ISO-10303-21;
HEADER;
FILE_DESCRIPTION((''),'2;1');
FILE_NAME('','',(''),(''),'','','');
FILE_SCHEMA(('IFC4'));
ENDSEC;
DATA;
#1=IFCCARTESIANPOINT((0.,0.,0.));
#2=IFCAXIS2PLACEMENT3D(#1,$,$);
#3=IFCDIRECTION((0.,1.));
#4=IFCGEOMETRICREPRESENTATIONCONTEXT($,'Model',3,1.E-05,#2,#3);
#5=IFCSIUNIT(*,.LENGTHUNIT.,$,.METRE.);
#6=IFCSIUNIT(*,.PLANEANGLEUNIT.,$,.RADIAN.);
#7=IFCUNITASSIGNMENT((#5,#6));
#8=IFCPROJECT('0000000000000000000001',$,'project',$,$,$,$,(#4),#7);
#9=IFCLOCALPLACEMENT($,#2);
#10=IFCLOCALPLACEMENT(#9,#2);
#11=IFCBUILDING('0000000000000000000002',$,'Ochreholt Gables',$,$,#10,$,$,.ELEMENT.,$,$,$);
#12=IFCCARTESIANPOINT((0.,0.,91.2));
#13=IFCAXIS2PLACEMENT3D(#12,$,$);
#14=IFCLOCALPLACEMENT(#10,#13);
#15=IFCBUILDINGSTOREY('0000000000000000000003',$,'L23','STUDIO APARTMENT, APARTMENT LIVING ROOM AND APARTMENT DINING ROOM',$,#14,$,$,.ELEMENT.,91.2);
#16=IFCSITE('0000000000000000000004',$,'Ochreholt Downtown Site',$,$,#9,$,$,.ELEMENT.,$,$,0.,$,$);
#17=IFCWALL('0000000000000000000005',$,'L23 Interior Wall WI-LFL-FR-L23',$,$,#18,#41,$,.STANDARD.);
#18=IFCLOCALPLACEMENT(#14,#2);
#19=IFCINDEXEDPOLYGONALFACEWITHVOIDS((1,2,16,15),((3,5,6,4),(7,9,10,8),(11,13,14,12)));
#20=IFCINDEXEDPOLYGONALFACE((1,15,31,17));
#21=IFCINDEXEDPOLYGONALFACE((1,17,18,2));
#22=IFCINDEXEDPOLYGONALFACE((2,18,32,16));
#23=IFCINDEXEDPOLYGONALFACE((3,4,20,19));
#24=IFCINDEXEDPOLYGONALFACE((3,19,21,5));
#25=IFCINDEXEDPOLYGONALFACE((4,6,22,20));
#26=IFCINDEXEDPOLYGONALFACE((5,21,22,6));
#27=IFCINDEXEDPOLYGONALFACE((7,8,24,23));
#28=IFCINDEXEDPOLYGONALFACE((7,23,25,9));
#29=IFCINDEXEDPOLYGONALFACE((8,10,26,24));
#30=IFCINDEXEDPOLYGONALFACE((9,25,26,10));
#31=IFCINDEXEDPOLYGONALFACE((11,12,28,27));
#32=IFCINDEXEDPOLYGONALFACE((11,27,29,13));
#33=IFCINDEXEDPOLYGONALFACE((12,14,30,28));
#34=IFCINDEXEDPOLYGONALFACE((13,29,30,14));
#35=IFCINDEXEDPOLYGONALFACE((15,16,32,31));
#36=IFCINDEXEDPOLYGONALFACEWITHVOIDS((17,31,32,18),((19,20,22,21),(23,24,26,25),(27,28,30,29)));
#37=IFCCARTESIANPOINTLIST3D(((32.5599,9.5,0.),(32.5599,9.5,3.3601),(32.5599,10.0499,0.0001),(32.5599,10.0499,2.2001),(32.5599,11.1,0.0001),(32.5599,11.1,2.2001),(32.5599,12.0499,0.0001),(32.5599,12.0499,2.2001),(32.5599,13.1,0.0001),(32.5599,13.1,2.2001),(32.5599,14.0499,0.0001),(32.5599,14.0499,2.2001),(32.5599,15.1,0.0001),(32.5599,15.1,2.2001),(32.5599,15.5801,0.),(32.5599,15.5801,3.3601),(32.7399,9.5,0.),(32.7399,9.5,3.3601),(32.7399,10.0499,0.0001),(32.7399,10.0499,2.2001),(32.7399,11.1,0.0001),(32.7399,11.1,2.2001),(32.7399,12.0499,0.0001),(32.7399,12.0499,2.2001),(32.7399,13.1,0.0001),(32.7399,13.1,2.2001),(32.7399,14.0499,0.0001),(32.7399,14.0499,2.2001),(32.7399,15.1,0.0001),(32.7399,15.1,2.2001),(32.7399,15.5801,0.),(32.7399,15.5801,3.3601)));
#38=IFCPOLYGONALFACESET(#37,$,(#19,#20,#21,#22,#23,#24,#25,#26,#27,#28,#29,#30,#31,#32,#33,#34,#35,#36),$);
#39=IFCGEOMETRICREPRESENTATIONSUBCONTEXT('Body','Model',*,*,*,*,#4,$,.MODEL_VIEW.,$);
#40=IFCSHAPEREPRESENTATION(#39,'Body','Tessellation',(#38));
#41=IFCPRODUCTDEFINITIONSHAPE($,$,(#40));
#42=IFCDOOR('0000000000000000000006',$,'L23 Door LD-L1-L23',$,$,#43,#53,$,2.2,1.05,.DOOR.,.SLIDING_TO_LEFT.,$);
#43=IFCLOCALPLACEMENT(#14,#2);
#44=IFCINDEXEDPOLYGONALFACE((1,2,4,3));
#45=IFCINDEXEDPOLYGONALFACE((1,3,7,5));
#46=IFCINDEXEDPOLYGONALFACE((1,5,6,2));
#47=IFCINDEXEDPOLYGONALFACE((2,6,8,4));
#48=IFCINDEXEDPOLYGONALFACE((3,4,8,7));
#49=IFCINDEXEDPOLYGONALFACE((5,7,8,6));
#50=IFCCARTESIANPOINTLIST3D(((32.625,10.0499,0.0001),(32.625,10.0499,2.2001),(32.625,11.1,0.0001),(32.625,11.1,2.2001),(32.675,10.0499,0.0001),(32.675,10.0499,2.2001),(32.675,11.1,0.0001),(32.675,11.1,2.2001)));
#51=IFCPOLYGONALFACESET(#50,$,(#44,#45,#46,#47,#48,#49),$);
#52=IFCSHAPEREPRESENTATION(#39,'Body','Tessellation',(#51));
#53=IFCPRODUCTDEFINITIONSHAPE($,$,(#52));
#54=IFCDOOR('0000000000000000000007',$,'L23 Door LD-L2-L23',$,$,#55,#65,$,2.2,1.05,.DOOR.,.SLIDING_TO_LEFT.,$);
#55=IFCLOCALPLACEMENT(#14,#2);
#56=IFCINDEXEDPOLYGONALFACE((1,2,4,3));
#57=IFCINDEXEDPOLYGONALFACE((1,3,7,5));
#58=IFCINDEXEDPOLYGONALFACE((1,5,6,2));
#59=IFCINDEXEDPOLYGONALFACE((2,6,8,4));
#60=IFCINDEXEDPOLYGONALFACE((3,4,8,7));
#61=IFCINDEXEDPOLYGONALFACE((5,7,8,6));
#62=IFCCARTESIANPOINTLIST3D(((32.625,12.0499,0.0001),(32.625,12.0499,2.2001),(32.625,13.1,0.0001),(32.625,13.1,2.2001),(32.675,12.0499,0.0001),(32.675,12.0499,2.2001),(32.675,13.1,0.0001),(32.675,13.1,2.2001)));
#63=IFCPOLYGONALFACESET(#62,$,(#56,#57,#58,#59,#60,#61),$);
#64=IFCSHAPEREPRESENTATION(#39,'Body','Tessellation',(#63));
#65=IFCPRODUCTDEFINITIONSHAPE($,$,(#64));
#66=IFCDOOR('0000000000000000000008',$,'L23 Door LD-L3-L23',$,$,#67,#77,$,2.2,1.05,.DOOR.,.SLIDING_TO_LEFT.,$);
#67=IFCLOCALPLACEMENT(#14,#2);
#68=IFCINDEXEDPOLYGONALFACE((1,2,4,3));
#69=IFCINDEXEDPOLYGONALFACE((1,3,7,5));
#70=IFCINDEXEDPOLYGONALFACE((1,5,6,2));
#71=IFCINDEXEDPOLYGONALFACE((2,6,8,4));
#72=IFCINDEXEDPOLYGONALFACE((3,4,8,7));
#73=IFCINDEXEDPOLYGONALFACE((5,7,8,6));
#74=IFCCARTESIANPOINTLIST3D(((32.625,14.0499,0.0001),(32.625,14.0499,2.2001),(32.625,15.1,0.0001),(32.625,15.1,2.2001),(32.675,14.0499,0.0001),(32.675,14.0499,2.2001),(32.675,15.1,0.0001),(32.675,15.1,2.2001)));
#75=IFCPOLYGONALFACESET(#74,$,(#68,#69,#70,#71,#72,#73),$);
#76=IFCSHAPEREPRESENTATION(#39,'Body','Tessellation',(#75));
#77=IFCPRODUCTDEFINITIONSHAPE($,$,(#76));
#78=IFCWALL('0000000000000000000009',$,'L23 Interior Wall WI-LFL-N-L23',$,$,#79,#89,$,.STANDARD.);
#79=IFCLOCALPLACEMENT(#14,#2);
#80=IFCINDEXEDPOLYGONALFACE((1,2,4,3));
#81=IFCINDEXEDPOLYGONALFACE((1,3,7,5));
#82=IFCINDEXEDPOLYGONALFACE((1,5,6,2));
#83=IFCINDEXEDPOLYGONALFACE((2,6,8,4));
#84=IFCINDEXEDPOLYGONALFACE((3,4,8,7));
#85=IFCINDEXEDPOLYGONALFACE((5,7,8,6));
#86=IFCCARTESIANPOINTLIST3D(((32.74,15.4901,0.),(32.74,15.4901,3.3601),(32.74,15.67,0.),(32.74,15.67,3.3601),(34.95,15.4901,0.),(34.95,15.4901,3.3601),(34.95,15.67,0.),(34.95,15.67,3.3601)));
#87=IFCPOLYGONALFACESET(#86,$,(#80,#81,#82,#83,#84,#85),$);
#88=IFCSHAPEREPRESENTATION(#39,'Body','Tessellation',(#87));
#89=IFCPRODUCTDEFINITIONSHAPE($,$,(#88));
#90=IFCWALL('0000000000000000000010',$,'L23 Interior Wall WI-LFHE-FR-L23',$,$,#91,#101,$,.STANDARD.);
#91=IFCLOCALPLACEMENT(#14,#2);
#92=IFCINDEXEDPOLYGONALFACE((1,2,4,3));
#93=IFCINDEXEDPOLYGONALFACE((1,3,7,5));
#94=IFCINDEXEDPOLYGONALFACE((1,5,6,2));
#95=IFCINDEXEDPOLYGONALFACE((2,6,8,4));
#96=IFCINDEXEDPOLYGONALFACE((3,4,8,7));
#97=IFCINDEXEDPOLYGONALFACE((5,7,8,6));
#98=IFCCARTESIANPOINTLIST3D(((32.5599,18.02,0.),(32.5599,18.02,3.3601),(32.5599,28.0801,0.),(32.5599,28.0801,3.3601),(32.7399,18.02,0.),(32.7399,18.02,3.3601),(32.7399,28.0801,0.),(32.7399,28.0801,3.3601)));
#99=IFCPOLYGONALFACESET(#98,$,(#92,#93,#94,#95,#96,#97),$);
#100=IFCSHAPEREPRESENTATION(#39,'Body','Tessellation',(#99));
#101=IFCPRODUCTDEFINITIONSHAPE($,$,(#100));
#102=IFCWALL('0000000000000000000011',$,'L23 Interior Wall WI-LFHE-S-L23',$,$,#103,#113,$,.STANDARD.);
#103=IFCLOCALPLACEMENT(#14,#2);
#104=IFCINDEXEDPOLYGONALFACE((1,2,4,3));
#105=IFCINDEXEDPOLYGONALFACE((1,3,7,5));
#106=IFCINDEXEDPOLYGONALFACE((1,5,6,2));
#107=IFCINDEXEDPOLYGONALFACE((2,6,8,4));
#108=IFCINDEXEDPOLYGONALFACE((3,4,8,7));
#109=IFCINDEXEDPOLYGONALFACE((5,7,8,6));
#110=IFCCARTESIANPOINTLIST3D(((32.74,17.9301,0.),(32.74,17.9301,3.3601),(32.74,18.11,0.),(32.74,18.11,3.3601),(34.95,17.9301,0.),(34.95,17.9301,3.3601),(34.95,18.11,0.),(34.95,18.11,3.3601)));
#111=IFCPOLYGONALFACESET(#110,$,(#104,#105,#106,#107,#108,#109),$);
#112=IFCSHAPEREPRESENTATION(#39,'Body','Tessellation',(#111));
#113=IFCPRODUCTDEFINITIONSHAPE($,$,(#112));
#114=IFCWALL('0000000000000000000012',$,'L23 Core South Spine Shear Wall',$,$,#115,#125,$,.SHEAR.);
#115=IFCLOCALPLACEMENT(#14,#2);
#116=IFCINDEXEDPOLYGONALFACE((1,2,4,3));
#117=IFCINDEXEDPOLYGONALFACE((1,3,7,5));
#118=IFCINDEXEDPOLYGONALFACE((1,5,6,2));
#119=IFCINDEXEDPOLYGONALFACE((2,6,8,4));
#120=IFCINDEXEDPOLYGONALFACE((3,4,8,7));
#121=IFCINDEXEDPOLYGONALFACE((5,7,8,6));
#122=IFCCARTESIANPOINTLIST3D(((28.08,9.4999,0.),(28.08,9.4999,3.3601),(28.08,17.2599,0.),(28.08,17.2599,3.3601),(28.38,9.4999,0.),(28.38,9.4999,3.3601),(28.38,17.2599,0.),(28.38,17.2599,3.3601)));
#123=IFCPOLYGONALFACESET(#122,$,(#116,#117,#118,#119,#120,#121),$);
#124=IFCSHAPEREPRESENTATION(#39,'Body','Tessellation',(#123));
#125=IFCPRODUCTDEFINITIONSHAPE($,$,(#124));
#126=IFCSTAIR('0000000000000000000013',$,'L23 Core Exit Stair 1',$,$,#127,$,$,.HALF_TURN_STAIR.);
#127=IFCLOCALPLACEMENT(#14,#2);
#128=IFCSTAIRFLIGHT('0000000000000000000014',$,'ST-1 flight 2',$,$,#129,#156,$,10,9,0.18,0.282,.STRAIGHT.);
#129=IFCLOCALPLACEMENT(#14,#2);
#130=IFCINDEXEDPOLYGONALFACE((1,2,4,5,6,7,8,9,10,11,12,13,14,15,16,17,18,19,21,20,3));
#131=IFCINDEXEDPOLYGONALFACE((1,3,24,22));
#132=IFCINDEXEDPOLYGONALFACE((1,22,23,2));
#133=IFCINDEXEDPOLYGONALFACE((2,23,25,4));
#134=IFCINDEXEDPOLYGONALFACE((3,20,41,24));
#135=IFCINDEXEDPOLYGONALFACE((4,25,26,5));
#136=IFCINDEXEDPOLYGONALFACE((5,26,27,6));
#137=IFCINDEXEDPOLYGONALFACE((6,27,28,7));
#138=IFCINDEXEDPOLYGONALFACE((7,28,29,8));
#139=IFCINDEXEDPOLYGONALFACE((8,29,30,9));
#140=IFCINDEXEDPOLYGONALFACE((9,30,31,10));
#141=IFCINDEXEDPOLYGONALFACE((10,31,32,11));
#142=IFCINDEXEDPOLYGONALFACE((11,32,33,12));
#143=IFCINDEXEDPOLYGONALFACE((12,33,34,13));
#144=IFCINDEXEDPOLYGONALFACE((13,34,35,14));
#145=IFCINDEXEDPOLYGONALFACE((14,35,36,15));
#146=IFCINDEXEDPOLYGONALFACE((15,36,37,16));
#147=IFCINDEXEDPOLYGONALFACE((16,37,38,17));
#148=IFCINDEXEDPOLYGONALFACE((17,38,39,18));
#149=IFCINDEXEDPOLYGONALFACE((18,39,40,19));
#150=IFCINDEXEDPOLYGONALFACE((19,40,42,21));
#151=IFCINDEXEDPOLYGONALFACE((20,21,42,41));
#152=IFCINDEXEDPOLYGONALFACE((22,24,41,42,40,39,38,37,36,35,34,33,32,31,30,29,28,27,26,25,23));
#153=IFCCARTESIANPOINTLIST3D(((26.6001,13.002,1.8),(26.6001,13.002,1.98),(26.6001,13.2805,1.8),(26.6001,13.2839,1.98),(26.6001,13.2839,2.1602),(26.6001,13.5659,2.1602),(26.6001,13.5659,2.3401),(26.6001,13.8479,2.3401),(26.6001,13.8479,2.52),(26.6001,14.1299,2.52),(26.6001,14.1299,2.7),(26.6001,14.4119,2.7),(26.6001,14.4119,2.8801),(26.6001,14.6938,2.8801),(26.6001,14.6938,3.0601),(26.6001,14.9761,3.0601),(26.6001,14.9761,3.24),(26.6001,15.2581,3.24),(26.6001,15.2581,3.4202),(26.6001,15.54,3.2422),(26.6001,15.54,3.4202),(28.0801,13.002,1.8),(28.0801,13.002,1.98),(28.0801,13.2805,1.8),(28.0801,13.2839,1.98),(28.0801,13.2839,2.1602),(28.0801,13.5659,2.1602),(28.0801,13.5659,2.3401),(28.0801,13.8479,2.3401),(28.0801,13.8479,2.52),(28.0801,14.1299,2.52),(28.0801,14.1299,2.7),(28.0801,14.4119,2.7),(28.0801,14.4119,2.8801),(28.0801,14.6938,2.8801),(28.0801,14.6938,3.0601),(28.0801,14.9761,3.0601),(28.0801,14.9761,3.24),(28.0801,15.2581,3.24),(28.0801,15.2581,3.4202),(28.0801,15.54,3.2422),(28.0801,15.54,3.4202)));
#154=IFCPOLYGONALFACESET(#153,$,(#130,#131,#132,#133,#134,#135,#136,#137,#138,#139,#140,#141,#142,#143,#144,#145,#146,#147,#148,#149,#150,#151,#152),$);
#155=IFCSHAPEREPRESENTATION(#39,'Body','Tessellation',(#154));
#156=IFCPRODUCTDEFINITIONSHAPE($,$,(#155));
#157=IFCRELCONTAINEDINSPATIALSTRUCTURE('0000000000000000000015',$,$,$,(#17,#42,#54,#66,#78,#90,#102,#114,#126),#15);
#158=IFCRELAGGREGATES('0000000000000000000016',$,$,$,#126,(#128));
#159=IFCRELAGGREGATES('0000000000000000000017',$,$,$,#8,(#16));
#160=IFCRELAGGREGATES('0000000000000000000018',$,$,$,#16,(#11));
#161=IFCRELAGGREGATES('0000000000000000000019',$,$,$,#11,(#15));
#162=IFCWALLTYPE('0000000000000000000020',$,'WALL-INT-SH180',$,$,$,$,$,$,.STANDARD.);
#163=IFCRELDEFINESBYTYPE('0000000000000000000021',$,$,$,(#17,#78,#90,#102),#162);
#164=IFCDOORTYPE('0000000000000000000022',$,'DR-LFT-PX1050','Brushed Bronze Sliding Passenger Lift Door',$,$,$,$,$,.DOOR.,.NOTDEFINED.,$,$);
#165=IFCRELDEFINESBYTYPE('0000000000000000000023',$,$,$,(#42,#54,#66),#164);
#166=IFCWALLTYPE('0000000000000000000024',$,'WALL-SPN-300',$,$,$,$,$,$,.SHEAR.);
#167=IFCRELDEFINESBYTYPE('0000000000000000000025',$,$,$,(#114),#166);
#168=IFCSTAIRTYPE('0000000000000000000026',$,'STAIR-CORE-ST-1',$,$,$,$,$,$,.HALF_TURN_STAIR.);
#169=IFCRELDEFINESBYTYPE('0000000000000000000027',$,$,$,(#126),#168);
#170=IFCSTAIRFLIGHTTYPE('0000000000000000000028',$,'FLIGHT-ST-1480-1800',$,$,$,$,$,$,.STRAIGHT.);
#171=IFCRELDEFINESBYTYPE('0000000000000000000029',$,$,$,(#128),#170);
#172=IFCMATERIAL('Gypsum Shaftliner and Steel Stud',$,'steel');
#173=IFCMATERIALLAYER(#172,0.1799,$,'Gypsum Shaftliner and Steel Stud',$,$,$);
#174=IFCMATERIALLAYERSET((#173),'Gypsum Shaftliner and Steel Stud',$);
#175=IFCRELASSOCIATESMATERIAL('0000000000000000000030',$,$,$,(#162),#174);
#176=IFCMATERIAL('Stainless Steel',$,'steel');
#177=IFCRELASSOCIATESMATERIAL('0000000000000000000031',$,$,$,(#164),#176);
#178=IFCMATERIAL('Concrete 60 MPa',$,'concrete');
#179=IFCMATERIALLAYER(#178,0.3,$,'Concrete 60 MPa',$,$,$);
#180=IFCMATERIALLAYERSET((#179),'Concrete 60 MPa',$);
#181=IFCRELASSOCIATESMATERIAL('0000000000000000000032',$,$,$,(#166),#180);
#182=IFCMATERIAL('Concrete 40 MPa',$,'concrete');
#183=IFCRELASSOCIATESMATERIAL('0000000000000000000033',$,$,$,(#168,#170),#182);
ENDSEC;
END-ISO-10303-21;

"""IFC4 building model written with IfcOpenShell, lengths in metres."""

from ifc_helpers import new_model, si_unit, direction, frame, frame_2d, origin, place, context, subcontext, project, spatial, polyline, rectangle, outline, extrude, material, layer, layer_set, type_object, element, fill, aggregate, save


model = new_model("IFC4")

# Units and contexts
model_context = context("Model", 3, precision=1e-05, world=origin(), true_north=direction((0.0, 1.0)))
body_context = subcontext(model_context, "Body", "Model", "MODEL_VIEW")
ifc_project = project(units=[si_unit("LENGTHUNIT", "METRE"), si_unit("PLANEANGLEUNIT", "RADIAN")], contexts=[model_context])

# Site, building, storey
site_placement = place(None, origin())
site = spatial("IfcSite", under=ifc_project, at=site_placement, Name="Ochreholt Downtown Site", CompositionType="ELEMENT", RefElevation=0.0)
building_placement = place(site_placement, origin())
building = spatial("IfcBuilding", under=site, at=building_placement, Name="Ochreholt Gables", CompositionType="ELEMENT")
storey_placement = place(building_placement, frame((0.0, 0.0, 91.2)))
storey = spatial("IfcBuildingStorey", under=building, at=storey_placement, Name="L23", Description="STUDIO APARTMENT, APARTMENT LIVING ROOM AND APARTMENT DINING ROOM", CompositionType="ELEMENT", Elevation=91.2)

# Shared definitions
ifc_material_1 = material(Name="Concrete 60 MPa", Category="concrete")

# Shared definitions
ifc_material_2 = material(Name="Concrete 40 MPa", Category="concrete")

# Shared definitions
ifc_material_3 = material(Name="Gypsum Shaftliner and Steel Stud", Category="steel")
ifc_layer_1 = layer(ifc_material_3, 0.1799, Name="Gypsum Shaftliner and Steel Stud")
ifc_layer_set_1 = layer_set([ifc_layer_1], Name="Gypsum Shaftliner and Steel Stud")
wall_type_1 = type_object("IfcWallType", Name="WALL-INT-SH180", PredefinedType="STANDARD", material=ifc_layer_set_1)

# Wall, openings, doors
wall_1_placement = place(storey_placement, frame((32.6499, 9.5, 0.0), z_axis=(0.0, 0.0, 1.0), x_axis=(0.0, 1.0, 0.0)))
wall_1 = element("IfcWall", 1, at=wall_1_placement, inside=storey, type_object=wall_type_1, Name="L23 Interior Wall WI-LFL-FR-L23", PredefinedType="STANDARD", context=body_context, shape_type="SweptSolid", body=[
    extrude(rectangle(XDim=6.0801, YDim=0.1799, at=frame_2d((3.04, 0.0))), origin(), (0.0, 0.0, 1.0), 3.3601),
])
opening_1_placement = place(wall_1_placement, frame((0.55, 0.0, 0.0)))
opening_1 = element("IfcOpeningElement", 2, at=opening_1_placement, cuts=wall_1, PredefinedType="OPENING", context=body_context, shape_type="SweptSolid", body=[
    extrude(rectangle(XDim=1.05, YDim=2.2, at=frame_2d((0.5249, 1.1001))), frame((0.0, 0.0999, 0.0), z_axis=(0.0, -1.0, 0.0), x_axis=(1.0, 0.0, 0.0)), (0.0, 0.0, 1.0), 0.2),
])
opening_2_placement = place(wall_1_placement, frame((2.55, 0.0, 0.0)))
opening_2 = element("IfcOpeningElement", 3, at=opening_2_placement, cuts=wall_1, PredefinedType="OPENING", context=body_context, shape_type="SweptSolid", body=[
    extrude(rectangle(XDim=1.05, YDim=2.2, at=frame_2d((0.5249, 1.1001))), frame((0.0, 0.0999, 0.0), z_axis=(0.0, -1.0, 0.0), x_axis=(1.0, 0.0, 0.0)), (0.0, 0.0, 1.0), 0.2),
])
opening_3_placement = place(wall_1_placement, frame((4.55, 0.0, 0.0)))
opening_3 = element("IfcOpeningElement", 4, at=opening_3_placement, cuts=wall_1, PredefinedType="OPENING", context=body_context, shape_type="SweptSolid", body=[
    extrude(rectangle(XDim=1.05, YDim=2.2, at=frame_2d((0.5249, 1.1001))), frame((0.0, 0.0999, 0.0), z_axis=(0.0, -1.0, 0.0), x_axis=(1.0, 0.0, 0.0)), (0.0, 0.0, 1.0), 0.2),
])
ifc_material_4 = material(Name="Stainless Steel", Category="steel")
door_type_1 = type_object("IfcDoorType", Name="DR-LFT-PX1050", Description="Brushed Bronze Sliding Passenger Lift Door", OperationType="NOTDEFINED", PredefinedType="DOOR", material=ifc_material_4)
door_1_placement = place(opening_1_placement, origin())
door_1 = element("IfcDoor", 5, at=door_1_placement, inside=storey, type_object=door_type_1, Name="L23 Door LD-L1-L23", OperationType="SLIDING_TO_LEFT", OverallHeight=2.2, OverallWidth=1.05, PredefinedType="DOOR", context=body_context, shape_type="SweptSolid", body=[
    extrude(rectangle(XDim=1.05, YDim=2.2, at=frame_2d((0.5249, 1.1001))), frame((0.0, 0.0249, 0.0), z_axis=(0.0, -1.0, 0.0), x_axis=(1.0, 0.0, 0.0)), (0.0, 0.0, 1.0), 0.05),
])
fill(opening_1, door_1)
door_2_placement = place(opening_2_placement, origin())
door_2 = element("IfcDoor", 6, at=door_2_placement, inside=storey, type_object=door_type_1, Name="L23 Door LD-L2-L23", OperationType="SLIDING_TO_LEFT", OverallHeight=2.2, OverallWidth=1.05, PredefinedType="DOOR", context=body_context, shape_type="SweptSolid", body=[
    extrude(rectangle(XDim=1.05, YDim=2.2, at=frame_2d((0.5249, 1.1001))), frame((0.0, 0.0249, 0.0), z_axis=(0.0, -1.0, 0.0), x_axis=(1.0, 0.0, 0.0)), (0.0, 0.0, 1.0), 0.05),
])
fill(opening_2, door_2)
door_3_placement = place(opening_3_placement, origin())
door_3 = element("IfcDoor", 7, at=door_3_placement, inside=storey, type_object=door_type_1, Name="L23 Door LD-L3-L23", OperationType="SLIDING_TO_LEFT", OverallHeight=2.2, OverallWidth=1.05, PredefinedType="DOOR", context=body_context, shape_type="SweptSolid", body=[
    extrude(rectangle(XDim=1.05, YDim=2.2, at=frame_2d((0.5249, 1.1001))), frame((0.0, 0.0249, 0.0), z_axis=(0.0, -1.0, 0.0), x_axis=(1.0, 0.0, 0.0)), (0.0, 0.0, 1.0), 0.05),
])
fill(opening_3, door_3)

# Walls
wall_2_placement = place(storey_placement, frame((32.74, 15.5801, 0.0), z_axis=(0.0, 0.0, 1.0), x_axis=(1.0, 0.0, 0.0)))
element("IfcWall", 8, at=wall_2_placement, inside=storey, type_object=wall_type_1, Name="L23 Interior Wall WI-LFL-N-L23", PredefinedType="STANDARD", context=body_context, shape_type="SweptSolid", body=[
    extrude(rectangle(XDim=2.21, YDim=0.1799, at=frame_2d((1.105, 0.0))), origin(), (0.0, 0.0, 1.0), 3.3601),
])
wall_3_placement = place(storey_placement, frame((32.6499, 18.02, 0.0), z_axis=(0.0, 0.0, 1.0), x_axis=(0.0, 1.0, 0.0)))
element("IfcWall", 9, at=wall_3_placement, inside=storey, type_object=wall_type_1, Name="L23 Interior Wall WI-LFHE-FR-L23", PredefinedType="STANDARD", context=body_context, shape_type="SweptSolid", body=[
    extrude(rectangle(XDim=10.0601, YDim=0.1799, at=frame_2d((5.03, 0.0))), origin(), (0.0, 0.0, 1.0), 3.3601),
])
wall_4_placement = place(storey_placement, frame((32.74, 18.02, 0.0), z_axis=(0.0, 0.0, 1.0), x_axis=(1.0, 0.0, 0.0)))
element("IfcWall", 10, at=wall_4_placement, inside=storey, type_object=wall_type_1, Name="L23 Interior Wall WI-LFHE-S-L23", PredefinedType="STANDARD", context=body_context, shape_type="SweptSolid", body=[
    extrude(rectangle(XDim=2.21, YDim=0.1799, at=frame_2d((1.105, 0.0))), origin(), (0.0, 0.0, 1.0), 3.3601),
])
ifc_layer_2 = layer(ifc_material_1, 0.3, Name="Concrete 60 MPa")
ifc_layer_set_2 = layer_set([ifc_layer_2], Name="Concrete 60 MPa")
wall_type_2 = type_object("IfcWallType", Name="WALL-SPN-300", PredefinedType="SHEAR", material=ifc_layer_set_2)
wall_5_placement = place(storey_placement, frame((28.23, 9.5, 0.0), z_axis=(0.0, 0.0, 1.0), x_axis=(0.0, 1.0, 0.0)))
element("IfcWall", 11, at=wall_5_placement, inside=storey, type_object=wall_type_2, Name="L23 Core South Spine Shear Wall", PredefinedType="SHEAR", context=body_context, shape_type="SweptSolid", body=[
    extrude(rectangle(XDim=7.76, YDim=0.3, at=frame_2d((3.8799, 0.0))), origin(), (0.0, 0.0, 1.0), 3.3601),
])

# Stair, stair flight
stair_type = type_object("IfcStairType", Name="STAIR-CORE-ST-1", PredefinedType="HALF_TURN_STAIR", material=ifc_material_2)
stair_placement = place(storey_placement, origin())
stair = element("IfcStair", 12, at=stair_placement, inside=storey, type_object=stair_type, Name="L23 Core Exit Stair 1", PredefinedType="HALF_TURN_STAIR")
stair_flight_type = type_object("IfcStairFlightType", Name="FLIGHT-ST-1480-1800", PredefinedType="STRAIGHT", material=ifc_material_2)
stair_flight_placement = place(storey_placement, frame((27.3401, 13.002, 1.8), z_axis=(0.0, 0.0, 1.0), x_axis=(0.0, 1.0, 0.0)))
stair_flight = element("IfcStairFlight", 13, at=stair_flight_placement, type_object=stair_flight_type, Name="ST-1 flight 2", NumberOfRisers=10, NumberOfTreads=9, PredefinedType="STRAIGHT", RiserHeight=0.18, TreadLength=0.282, context=body_context, shape_type="SweptSolid", body=[
    extrude(outline(polyline([(0.0, 0.0), (0.0, 0.1799), (0.282, 0.1799), (0.282, 0.3601), (0.564, 0.3601), (0.564, 0.54), (0.8459, 0.54), (0.8459, 0.72), (1.1279, 0.72), (1.1279, 0.8999), (1.4099, 0.8999), (1.4099, 1.0801), (1.6919, 1.0801), (1.6919, 1.26), (1.9741, 1.26), (1.9741, 1.4399), (2.2561, 1.4399), (2.2561, 1.6201), (2.5381, 1.6201), (2.5381, 1.8), (2.5381, 1.4421), (0.2786, 0.0), (0.0, 0.0)])), frame((0.0, 0.74, 0.0), z_axis=(0.0, -1.0, 0.0), x_axis=(1.0, 0.0, 0.0)), (0.0, 0.0, 1.0), 1.48),
])
aggregate(stair, [stair_flight])

save(model, "model.ifc")
